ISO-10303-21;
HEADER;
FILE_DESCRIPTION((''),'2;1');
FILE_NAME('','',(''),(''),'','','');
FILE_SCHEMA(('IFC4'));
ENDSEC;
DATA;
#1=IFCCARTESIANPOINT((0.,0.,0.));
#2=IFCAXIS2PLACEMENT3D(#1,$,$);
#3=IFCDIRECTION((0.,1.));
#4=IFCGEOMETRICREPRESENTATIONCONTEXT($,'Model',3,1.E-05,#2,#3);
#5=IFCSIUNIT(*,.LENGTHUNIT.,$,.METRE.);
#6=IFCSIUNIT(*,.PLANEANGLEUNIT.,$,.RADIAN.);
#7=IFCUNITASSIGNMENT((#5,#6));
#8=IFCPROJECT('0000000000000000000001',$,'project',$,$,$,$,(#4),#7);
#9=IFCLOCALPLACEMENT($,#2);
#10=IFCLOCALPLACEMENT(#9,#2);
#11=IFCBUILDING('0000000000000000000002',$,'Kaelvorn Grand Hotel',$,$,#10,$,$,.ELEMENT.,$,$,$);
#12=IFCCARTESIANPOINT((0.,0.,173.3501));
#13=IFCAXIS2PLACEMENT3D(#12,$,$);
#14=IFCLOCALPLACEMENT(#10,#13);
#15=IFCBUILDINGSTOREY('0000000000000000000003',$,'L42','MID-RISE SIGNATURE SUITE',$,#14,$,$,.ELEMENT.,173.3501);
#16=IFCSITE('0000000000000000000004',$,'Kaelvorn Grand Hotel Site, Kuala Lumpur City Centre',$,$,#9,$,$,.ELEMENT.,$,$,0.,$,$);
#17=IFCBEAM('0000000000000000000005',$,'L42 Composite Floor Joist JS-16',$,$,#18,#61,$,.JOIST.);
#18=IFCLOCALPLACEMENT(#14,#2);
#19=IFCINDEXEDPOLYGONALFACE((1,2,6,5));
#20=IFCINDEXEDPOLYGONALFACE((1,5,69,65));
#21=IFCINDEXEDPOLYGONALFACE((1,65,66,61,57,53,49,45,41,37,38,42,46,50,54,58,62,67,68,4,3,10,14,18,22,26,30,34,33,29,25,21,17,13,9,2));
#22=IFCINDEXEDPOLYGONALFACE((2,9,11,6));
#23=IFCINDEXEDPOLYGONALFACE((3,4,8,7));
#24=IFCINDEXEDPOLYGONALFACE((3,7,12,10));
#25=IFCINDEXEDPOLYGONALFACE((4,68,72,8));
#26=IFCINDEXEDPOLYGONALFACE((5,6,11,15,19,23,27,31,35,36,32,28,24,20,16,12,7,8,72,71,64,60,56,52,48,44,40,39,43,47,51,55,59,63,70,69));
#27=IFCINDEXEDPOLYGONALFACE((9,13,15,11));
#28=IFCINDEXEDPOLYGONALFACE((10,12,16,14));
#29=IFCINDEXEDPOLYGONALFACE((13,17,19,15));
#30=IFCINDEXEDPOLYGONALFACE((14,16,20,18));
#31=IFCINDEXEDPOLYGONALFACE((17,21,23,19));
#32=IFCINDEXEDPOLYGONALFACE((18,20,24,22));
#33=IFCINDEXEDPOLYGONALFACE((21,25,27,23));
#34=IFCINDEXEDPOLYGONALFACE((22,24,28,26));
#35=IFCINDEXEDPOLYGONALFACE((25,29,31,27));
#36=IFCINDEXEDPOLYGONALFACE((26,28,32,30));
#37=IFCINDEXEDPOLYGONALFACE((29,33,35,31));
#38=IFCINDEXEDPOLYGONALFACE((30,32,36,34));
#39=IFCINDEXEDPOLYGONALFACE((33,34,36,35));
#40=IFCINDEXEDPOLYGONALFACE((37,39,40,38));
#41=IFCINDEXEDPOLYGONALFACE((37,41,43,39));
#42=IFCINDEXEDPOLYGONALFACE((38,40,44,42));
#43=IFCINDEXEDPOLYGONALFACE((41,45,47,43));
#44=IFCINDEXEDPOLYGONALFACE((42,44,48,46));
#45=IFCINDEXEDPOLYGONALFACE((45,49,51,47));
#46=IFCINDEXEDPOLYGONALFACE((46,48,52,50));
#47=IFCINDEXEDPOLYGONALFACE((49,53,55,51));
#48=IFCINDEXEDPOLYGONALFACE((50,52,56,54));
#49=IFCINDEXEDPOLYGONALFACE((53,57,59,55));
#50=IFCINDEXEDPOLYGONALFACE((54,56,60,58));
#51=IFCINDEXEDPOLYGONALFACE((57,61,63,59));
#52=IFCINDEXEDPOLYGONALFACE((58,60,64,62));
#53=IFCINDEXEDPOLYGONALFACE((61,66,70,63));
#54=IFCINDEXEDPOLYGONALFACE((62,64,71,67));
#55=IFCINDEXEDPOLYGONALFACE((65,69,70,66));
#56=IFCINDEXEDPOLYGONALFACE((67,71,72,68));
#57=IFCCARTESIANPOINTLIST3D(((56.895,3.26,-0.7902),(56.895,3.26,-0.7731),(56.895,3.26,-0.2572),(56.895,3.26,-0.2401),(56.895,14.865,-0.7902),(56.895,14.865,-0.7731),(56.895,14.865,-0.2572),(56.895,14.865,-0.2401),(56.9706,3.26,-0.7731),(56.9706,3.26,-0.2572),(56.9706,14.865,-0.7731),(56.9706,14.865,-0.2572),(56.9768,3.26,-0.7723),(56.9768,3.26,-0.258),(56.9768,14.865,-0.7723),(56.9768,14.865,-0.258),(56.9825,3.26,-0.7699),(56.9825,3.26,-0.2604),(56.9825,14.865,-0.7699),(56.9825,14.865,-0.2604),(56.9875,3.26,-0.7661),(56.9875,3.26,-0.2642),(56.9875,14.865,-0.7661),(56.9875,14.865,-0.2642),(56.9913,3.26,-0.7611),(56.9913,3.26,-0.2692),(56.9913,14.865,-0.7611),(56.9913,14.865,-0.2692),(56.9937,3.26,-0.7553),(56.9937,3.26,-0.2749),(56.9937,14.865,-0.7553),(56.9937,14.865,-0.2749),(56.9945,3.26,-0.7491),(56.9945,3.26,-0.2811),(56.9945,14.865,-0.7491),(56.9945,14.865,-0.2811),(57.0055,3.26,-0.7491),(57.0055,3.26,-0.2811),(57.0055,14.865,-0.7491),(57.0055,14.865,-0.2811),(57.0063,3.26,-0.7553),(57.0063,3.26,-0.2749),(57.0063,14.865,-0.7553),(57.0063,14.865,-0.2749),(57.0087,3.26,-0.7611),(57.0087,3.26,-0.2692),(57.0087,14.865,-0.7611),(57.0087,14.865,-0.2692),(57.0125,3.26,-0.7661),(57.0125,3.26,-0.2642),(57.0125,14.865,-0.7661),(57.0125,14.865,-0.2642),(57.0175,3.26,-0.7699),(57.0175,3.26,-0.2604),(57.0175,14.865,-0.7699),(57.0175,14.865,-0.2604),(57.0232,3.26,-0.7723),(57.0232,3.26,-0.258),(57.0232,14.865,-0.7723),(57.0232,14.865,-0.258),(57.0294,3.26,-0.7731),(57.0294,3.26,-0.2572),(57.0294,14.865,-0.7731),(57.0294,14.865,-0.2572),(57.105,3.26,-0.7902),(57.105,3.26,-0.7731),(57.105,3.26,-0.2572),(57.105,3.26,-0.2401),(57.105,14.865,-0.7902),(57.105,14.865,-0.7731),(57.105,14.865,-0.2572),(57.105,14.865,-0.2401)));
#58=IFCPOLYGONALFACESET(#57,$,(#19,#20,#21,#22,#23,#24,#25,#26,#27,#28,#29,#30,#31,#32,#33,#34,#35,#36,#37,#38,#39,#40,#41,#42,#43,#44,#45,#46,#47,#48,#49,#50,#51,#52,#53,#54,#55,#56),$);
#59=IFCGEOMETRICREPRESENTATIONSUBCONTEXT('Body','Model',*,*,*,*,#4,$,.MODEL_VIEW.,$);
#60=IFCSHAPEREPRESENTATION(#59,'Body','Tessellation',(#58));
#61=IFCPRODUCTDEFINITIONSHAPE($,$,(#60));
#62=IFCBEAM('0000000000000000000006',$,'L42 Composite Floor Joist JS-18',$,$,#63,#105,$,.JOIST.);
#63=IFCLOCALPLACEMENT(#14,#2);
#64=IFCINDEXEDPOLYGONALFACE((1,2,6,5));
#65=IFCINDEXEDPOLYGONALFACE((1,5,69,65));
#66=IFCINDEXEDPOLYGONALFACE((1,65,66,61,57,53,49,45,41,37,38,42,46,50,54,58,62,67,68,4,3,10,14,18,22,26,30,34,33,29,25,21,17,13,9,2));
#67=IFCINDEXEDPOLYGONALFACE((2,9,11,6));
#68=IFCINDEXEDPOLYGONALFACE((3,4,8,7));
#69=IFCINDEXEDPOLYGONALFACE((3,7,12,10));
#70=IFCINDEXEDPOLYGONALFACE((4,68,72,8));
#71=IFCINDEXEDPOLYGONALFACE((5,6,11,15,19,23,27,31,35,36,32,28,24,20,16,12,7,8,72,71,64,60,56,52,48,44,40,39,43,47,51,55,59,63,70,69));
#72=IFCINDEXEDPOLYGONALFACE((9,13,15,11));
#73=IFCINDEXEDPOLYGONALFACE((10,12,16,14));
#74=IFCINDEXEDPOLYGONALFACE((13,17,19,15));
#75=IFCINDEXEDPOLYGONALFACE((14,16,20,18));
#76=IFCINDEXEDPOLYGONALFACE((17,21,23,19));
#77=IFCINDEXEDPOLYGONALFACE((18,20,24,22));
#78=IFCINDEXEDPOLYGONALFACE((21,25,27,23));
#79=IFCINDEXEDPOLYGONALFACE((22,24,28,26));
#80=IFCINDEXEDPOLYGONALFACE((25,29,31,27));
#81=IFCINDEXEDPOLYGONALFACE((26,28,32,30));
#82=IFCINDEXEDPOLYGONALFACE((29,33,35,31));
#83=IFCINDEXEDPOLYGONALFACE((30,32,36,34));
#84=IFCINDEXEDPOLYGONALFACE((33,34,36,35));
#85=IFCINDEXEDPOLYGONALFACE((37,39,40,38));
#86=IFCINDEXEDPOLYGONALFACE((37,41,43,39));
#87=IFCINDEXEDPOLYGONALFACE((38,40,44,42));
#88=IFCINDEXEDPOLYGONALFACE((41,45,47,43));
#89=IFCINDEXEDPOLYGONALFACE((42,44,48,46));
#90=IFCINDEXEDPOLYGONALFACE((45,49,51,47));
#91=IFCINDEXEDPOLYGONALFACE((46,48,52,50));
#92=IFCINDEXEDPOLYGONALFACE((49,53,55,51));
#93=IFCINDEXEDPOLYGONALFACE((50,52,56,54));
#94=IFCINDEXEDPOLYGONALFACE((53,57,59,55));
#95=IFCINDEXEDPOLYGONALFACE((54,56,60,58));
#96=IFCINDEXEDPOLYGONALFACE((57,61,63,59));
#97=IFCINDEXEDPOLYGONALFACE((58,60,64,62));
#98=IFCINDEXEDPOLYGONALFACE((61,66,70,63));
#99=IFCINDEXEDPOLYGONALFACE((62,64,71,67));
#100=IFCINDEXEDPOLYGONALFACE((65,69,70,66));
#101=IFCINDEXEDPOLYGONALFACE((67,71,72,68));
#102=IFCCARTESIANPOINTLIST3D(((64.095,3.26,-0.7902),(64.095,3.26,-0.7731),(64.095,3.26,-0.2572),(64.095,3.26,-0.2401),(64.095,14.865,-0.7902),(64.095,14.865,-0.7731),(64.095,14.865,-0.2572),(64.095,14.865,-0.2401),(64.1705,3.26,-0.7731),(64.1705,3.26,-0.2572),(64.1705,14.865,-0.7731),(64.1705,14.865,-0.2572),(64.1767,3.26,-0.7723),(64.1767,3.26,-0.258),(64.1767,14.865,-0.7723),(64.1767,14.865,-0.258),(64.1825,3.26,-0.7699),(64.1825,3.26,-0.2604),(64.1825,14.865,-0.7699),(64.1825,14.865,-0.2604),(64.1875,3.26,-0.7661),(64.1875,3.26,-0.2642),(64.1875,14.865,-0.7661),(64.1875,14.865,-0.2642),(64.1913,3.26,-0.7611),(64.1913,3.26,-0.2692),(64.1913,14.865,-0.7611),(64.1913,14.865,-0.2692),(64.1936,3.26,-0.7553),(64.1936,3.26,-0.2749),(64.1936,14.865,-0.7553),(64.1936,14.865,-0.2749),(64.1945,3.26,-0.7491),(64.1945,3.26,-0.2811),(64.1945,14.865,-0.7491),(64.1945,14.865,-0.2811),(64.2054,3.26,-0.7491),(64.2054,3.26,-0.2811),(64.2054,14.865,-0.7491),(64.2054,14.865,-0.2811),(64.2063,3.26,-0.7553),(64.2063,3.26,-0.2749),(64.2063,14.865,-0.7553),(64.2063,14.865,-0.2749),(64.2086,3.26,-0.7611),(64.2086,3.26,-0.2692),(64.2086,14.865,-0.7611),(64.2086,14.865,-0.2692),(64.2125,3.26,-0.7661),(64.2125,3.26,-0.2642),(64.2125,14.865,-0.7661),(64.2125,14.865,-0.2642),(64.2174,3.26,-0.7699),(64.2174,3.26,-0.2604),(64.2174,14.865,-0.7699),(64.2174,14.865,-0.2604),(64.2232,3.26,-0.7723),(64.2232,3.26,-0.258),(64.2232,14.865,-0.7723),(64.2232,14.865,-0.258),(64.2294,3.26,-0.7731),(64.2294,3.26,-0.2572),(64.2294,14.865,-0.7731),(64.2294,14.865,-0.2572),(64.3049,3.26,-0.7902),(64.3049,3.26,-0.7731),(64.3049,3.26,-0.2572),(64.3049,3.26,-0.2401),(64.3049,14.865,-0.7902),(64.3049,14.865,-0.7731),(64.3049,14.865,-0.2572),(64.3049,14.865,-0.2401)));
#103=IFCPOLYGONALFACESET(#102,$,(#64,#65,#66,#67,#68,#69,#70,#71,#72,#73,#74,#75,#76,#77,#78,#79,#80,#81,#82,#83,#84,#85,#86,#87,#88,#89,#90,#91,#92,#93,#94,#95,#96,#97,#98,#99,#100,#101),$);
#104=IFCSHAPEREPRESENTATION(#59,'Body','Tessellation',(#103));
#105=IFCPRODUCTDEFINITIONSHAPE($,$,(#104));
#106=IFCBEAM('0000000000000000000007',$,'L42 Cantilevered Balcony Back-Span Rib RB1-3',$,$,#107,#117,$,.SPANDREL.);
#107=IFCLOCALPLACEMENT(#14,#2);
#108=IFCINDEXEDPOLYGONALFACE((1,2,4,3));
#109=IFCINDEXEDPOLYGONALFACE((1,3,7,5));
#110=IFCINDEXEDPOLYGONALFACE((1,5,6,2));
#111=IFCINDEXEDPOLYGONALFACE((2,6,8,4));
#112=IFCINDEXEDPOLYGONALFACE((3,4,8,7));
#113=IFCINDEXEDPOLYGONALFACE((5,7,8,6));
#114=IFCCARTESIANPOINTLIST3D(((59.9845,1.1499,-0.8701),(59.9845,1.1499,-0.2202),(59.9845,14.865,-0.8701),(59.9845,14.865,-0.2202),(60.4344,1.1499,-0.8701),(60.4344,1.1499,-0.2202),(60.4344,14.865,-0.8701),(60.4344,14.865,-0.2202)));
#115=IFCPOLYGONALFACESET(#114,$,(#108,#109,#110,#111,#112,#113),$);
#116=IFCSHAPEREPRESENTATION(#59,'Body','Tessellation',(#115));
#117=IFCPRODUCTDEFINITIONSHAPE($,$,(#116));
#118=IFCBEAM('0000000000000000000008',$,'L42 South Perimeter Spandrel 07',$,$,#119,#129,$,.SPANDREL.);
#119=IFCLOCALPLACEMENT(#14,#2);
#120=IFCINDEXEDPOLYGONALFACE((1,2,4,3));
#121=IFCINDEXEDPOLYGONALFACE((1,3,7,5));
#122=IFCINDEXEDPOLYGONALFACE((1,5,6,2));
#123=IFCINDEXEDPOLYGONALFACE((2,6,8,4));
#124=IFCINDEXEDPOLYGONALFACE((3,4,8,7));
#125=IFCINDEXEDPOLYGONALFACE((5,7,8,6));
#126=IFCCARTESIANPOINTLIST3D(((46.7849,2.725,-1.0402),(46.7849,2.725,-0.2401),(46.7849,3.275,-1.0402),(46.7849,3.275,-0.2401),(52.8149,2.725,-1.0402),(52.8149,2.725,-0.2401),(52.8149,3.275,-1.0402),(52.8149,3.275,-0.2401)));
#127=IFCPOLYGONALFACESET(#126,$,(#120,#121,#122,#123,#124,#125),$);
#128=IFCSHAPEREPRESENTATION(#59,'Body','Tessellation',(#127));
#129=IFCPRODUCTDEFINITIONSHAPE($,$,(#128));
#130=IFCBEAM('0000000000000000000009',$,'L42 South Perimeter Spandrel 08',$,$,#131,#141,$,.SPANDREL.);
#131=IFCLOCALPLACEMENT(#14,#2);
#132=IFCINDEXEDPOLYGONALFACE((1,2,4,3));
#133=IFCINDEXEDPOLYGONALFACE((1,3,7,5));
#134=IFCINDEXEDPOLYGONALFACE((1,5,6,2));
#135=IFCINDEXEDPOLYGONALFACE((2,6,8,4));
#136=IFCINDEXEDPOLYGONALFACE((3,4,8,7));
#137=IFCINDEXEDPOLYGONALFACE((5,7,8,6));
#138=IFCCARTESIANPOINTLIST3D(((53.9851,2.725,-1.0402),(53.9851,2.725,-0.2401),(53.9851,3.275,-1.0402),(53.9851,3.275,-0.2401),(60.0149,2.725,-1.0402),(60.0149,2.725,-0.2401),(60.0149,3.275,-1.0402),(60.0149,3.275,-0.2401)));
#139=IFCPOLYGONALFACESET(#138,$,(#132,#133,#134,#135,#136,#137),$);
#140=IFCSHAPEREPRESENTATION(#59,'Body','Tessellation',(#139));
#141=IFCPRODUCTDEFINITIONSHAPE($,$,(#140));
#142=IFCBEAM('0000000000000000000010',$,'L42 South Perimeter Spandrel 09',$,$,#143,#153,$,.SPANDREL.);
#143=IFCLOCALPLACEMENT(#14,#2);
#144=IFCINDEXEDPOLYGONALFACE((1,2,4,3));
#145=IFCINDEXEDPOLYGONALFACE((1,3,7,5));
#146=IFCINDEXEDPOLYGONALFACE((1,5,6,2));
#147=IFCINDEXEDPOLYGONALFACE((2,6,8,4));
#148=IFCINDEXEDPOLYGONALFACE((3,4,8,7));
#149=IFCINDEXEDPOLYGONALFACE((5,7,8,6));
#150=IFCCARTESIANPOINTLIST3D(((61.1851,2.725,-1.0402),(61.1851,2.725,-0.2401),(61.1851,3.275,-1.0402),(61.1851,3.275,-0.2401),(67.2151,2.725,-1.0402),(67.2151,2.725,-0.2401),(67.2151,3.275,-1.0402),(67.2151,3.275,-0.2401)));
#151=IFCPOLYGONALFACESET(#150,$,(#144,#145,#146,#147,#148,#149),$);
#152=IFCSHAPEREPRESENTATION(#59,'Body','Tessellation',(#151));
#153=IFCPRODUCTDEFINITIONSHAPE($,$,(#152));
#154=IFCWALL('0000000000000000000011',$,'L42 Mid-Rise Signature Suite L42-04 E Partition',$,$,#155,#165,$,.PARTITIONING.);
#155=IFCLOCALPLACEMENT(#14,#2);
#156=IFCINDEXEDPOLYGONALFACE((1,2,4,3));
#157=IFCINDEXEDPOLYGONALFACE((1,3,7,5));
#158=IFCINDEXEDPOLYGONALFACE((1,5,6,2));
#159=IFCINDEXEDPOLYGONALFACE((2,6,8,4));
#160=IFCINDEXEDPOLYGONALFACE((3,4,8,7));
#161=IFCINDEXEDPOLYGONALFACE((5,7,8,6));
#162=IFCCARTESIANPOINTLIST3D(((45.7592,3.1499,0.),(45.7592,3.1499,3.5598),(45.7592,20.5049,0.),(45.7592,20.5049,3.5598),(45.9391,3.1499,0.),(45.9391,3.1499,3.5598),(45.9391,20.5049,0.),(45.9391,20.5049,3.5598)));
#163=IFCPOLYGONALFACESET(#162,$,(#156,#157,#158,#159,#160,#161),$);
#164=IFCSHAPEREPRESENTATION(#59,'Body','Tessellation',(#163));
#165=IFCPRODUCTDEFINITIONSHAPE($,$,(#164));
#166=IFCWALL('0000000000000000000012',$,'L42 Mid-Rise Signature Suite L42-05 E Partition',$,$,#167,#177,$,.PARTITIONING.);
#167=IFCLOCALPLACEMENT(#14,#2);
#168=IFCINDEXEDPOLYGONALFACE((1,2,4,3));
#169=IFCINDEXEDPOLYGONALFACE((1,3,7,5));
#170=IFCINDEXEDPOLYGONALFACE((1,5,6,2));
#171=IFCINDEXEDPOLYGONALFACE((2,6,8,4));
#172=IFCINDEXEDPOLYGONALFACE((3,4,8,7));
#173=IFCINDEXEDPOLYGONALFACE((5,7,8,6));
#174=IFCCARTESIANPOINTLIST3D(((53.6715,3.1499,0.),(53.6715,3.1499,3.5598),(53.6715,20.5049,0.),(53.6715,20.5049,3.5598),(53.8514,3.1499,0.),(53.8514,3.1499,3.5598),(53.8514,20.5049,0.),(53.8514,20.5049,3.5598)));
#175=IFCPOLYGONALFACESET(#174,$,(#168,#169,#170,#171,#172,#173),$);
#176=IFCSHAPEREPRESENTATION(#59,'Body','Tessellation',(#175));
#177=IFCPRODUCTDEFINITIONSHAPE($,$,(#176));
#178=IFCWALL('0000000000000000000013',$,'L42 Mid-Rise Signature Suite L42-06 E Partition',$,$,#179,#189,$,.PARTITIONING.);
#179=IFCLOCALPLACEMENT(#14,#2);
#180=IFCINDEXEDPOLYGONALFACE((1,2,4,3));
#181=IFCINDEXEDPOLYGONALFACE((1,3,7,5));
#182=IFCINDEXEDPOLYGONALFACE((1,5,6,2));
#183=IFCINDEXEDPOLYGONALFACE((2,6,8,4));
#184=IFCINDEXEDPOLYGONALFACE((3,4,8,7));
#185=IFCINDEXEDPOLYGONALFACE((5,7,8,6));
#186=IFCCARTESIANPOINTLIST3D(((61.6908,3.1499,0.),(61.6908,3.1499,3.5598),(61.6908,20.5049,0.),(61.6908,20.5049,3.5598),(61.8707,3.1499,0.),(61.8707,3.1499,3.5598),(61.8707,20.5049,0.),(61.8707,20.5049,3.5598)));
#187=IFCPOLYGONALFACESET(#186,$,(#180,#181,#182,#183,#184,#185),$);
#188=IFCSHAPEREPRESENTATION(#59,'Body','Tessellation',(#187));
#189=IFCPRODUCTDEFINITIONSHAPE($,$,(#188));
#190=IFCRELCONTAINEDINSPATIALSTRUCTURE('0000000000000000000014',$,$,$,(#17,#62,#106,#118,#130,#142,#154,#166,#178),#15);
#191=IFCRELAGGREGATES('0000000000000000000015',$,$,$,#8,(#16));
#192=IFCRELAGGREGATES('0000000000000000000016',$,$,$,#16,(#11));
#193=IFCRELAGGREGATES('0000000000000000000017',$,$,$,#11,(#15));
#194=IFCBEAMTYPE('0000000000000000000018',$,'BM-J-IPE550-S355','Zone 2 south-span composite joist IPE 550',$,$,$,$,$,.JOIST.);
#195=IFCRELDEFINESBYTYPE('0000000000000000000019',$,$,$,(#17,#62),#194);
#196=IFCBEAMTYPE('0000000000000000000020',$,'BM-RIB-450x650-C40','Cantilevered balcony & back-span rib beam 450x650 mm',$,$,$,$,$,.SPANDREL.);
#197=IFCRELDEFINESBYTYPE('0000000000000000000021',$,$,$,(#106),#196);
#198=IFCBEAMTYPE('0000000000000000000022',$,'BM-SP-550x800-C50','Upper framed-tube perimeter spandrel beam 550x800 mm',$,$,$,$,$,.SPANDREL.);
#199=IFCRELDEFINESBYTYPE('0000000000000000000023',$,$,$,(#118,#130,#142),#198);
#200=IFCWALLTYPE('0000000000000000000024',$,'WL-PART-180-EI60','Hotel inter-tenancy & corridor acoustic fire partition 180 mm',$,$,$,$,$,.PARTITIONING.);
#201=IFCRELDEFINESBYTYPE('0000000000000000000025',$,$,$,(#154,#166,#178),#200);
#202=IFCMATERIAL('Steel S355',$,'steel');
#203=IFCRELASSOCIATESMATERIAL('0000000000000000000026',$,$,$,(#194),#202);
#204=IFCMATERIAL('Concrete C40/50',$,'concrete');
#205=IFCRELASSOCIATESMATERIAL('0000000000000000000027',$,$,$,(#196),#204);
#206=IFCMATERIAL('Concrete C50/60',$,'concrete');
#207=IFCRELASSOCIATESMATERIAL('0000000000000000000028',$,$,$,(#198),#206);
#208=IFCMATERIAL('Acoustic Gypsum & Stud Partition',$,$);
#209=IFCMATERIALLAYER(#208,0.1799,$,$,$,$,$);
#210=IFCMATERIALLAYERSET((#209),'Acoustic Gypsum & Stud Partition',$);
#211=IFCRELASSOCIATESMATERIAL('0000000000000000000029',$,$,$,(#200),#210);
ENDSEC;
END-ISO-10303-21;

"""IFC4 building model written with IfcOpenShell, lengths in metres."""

from ifc_helpers import new_model, si_unit, direction, frame, frame_2d, origin, origin_2d, place, context, subcontext, project, spatial, rectangle, i_section, extrude, material, layer, layer_set, material_profile, profile_set, type_object, element, save


model = new_model("IFC4")

# Units and contexts
model_context = context("Model", 3, precision=1e-05, world=origin(), true_north=direction((0.0, 1.0)))
body_context = subcontext(model_context, "Body", "Model", "MODEL_VIEW")
ifc_project = project(units=[si_unit("LENGTHUNIT", "METRE"), si_unit("PLANEANGLEUNIT", "RADIAN")], contexts=[model_context])

# Site, building, storey
site_placement = place(None, origin())
site = spatial("IfcSite", under=ifc_project, at=site_placement, Name="Kaelvorn Grand Hotel Site, Kuala Lumpur City Centre", CompositionType="ELEMENT", RefElevation=0.0)
building_placement = place(site_placement, origin())
building = spatial("IfcBuilding", under=site, at=building_placement, Name="Kaelvorn Grand Hotel", CompositionType="ELEMENT")
storey_placement = place(building_placement, frame((0.0, 0.0, 173.3501)))
storey = spatial("IfcBuildingStorey", under=building, at=storey_placement, Name="L42", Description="MID-RISE SIGNATURE SUITE", CompositionType="ELEMENT", Elevation=173.3501)

# Beams
ifc_material_1 = material(Name="Steel S355", Category="steel")
ifc_material_profile_1 = material_profile(ifc_material_1, i_section(OverallWidth=0.21, OverallDepth=0.55, WebThickness=0.011, FlangeThickness=0.0171, FilletRadius=0.0239, at=origin_2d()), Name="IPE 550")
ifc_profile_set_1 = profile_set([ifc_material_profile_1], Name="Steel S355")
beam_type_1 = type_object("IfcBeamType", Name="BM-J-IPE550-S355", Description="Zone 2 south-span composite joist IPE 550", PredefinedType="JOIST", material=ifc_profile_set_1)
for number, where, z_axis, x_axis, name in (
    (1, (57.0, 3.26, -0.5151), (0.0, 1.0, 0.0), (-1.0, 0.0, 0.0), "L42 Composite Floor Joist JS-16"),
    (2, (64.2, 3.26, -0.5151), (0.0, 1.0, 0.0), (-1.0, 0.0, 0.0), "L42 Composite Floor Joist JS-18"),
):
    element("IfcBeam", number, at=place(storey_placement, frame(where, z_axis=z_axis, x_axis=x_axis)), inside=storey, type_object=beam_type_1, Name=name, PredefinedType="JOIST", context=body_context, shape_type="SweptSolid", body=[
        extrude(i_section(OverallWidth=0.21, OverallDepth=0.55, WebThickness=0.011, FlangeThickness=0.0171, FilletRadius=0.0239, at=origin_2d()), origin(), (0.0, 0.0, 1.0), 11.605),
    ])
ifc_material_2 = material(Name="Concrete C40/50", Category="concrete")
ifc_material_profile_2 = material_profile(ifc_material_2, rectangle(XDim=0.45, YDim=0.6499, at=origin_2d()), Name="RC RIB 450x650")
ifc_profile_set_2 = profile_set([ifc_material_profile_2], Name="Concrete C40/50")
beam_type_2 = type_object("IfcBeamType", Name="BM-RIB-450x650-C40", Description="Cantilevered balcony & back-span rib beam 450x650 mm", PredefinedType="SPANDREL", material=ifc_profile_set_2)
beam_1_placement = place(storey_placement, frame((60.2095, 1.1499, -0.5452), z_axis=(0.0, 1.0, 0.0), x_axis=(-1.0, 0.0, 0.0)))
element("IfcBeam", 3, at=beam_1_placement, inside=storey, type_object=beam_type_2, Name="L42 Cantilevered Balcony Back-Span Rib RB1-3", PredefinedType="SPANDREL", context=body_context, shape_type="SweptSolid", body=[
    extrude(rectangle(XDim=0.45, YDim=0.6499, at=origin_2d()), origin(), (0.0, 0.0, 1.0), 13.7151),
])
ifc_material_3 = material(Name="Concrete C50/60", Category="concrete")
ifc_material_profile_3 = material_profile(ifc_material_3, rectangle(XDim=0.55, YDim=0.8, at=origin_2d()), Name="RC SPANDREL 550x800")
ifc_profile_set_3 = profile_set([ifc_material_profile_3], Name="Concrete C50/60")
beam_type_3 = type_object("IfcBeamType", Name="BM-SP-550x800-C50", Description="Upper framed-tube perimeter spandrel beam 550x800 mm", PredefinedType="SPANDREL", material=ifc_profile_set_3)
beam_2_placement = place(storey_placement, frame((46.7849, 3.0, -0.6401), z_axis=(1.0, 0.0, 0.0), x_axis=(0.0, 1.0, 0.0)))
element("IfcBeam", 4, at=beam_2_placement, inside=storey, type_object=beam_type_3, Name="L42 South Perimeter Spandrel 07", PredefinedType="SPANDREL", context=body_context, shape_type="SweptSolid", body=[
    extrude(rectangle(XDim=0.55, YDim=0.8, at=origin_2d()), origin(), (0.0, 0.0, 1.0), 6.03),
])
beam_3_placement = place(storey_placement, frame((53.9851, 3.0, -0.6401), z_axis=(1.0, 0.0, 0.0), x_axis=(0.0, 1.0, 0.0)))
element("IfcBeam", 5, at=beam_3_placement, inside=storey, type_object=beam_type_3, Name="L42 South Perimeter Spandrel 08", PredefinedType="SPANDREL", context=body_context, shape_type="SweptSolid", body=[
    extrude(rectangle(XDim=0.55, YDim=0.8, at=origin_2d()), origin(), (0.0, 0.0, 1.0), 6.0298),
])
beam_4_placement = place(storey_placement, frame((61.1851, 3.0, -0.6401), z_axis=(1.0, 0.0, 0.0), x_axis=(0.0, 1.0, 0.0)))
element("IfcBeam", 6, at=beam_4_placement, inside=storey, type_object=beam_type_3, Name="L42 South Perimeter Spandrel 09", PredefinedType="SPANDREL", context=body_context, shape_type="SweptSolid", body=[
    extrude(rectangle(XDim=0.55, YDim=0.8, at=origin_2d()), origin(), (0.0, 0.0, 1.0), 6.03),
])

# Walls
ifc_material_4 = material(Name="Acoustic Gypsum & Stud Partition")
ifc_layer_1 = layer(ifc_material_4, 0.1799)
ifc_layer_set_1 = layer_set([ifc_layer_1], Name="Acoustic Gypsum & Stud Partition")
wall_type_1 = type_object("IfcWallType", Name="WL-PART-180-EI60", Description="Hotel inter-tenancy & corridor acoustic fire partition 180 mm", PredefinedType="PARTITIONING", material=ifc_layer_set_1)
for number, where, z_axis, x_axis, name in (
    (7, (45.8491, 3.1499, 0.0), (0.0, 0.0, 1.0), (0.0, 1.0, 0.0), "L42 Mid-Rise Signature Suite L42-04 E Partition"),
    (8, (53.7615, 3.1499, 0.0), (0.0, 0.0, 1.0), (0.0, 1.0, 0.0), "L42 Mid-Rise Signature Suite L42-05 E Partition"),
    (9, (61.7808, 3.1499, 0.0), (0.0, 0.0, 1.0), (0.0, 1.0, 0.0), "L42 Mid-Rise Signature Suite L42-06 E Partition"),
):
    element("IfcWall", number, at=place(storey_placement, frame(where, z_axis=z_axis, x_axis=x_axis)), inside=storey, type_object=wall_type_1, Name=name, PredefinedType="PARTITIONING", context=body_context, shape_type="SweptSolid", body=[
        extrude(rectangle(XDim=17.355, YDim=0.1799, at=frame_2d((8.6775, 0.0))), origin(), (0.0, 0.0, 1.0), 3.5598),
    ])

save(model, "model.ifc")
